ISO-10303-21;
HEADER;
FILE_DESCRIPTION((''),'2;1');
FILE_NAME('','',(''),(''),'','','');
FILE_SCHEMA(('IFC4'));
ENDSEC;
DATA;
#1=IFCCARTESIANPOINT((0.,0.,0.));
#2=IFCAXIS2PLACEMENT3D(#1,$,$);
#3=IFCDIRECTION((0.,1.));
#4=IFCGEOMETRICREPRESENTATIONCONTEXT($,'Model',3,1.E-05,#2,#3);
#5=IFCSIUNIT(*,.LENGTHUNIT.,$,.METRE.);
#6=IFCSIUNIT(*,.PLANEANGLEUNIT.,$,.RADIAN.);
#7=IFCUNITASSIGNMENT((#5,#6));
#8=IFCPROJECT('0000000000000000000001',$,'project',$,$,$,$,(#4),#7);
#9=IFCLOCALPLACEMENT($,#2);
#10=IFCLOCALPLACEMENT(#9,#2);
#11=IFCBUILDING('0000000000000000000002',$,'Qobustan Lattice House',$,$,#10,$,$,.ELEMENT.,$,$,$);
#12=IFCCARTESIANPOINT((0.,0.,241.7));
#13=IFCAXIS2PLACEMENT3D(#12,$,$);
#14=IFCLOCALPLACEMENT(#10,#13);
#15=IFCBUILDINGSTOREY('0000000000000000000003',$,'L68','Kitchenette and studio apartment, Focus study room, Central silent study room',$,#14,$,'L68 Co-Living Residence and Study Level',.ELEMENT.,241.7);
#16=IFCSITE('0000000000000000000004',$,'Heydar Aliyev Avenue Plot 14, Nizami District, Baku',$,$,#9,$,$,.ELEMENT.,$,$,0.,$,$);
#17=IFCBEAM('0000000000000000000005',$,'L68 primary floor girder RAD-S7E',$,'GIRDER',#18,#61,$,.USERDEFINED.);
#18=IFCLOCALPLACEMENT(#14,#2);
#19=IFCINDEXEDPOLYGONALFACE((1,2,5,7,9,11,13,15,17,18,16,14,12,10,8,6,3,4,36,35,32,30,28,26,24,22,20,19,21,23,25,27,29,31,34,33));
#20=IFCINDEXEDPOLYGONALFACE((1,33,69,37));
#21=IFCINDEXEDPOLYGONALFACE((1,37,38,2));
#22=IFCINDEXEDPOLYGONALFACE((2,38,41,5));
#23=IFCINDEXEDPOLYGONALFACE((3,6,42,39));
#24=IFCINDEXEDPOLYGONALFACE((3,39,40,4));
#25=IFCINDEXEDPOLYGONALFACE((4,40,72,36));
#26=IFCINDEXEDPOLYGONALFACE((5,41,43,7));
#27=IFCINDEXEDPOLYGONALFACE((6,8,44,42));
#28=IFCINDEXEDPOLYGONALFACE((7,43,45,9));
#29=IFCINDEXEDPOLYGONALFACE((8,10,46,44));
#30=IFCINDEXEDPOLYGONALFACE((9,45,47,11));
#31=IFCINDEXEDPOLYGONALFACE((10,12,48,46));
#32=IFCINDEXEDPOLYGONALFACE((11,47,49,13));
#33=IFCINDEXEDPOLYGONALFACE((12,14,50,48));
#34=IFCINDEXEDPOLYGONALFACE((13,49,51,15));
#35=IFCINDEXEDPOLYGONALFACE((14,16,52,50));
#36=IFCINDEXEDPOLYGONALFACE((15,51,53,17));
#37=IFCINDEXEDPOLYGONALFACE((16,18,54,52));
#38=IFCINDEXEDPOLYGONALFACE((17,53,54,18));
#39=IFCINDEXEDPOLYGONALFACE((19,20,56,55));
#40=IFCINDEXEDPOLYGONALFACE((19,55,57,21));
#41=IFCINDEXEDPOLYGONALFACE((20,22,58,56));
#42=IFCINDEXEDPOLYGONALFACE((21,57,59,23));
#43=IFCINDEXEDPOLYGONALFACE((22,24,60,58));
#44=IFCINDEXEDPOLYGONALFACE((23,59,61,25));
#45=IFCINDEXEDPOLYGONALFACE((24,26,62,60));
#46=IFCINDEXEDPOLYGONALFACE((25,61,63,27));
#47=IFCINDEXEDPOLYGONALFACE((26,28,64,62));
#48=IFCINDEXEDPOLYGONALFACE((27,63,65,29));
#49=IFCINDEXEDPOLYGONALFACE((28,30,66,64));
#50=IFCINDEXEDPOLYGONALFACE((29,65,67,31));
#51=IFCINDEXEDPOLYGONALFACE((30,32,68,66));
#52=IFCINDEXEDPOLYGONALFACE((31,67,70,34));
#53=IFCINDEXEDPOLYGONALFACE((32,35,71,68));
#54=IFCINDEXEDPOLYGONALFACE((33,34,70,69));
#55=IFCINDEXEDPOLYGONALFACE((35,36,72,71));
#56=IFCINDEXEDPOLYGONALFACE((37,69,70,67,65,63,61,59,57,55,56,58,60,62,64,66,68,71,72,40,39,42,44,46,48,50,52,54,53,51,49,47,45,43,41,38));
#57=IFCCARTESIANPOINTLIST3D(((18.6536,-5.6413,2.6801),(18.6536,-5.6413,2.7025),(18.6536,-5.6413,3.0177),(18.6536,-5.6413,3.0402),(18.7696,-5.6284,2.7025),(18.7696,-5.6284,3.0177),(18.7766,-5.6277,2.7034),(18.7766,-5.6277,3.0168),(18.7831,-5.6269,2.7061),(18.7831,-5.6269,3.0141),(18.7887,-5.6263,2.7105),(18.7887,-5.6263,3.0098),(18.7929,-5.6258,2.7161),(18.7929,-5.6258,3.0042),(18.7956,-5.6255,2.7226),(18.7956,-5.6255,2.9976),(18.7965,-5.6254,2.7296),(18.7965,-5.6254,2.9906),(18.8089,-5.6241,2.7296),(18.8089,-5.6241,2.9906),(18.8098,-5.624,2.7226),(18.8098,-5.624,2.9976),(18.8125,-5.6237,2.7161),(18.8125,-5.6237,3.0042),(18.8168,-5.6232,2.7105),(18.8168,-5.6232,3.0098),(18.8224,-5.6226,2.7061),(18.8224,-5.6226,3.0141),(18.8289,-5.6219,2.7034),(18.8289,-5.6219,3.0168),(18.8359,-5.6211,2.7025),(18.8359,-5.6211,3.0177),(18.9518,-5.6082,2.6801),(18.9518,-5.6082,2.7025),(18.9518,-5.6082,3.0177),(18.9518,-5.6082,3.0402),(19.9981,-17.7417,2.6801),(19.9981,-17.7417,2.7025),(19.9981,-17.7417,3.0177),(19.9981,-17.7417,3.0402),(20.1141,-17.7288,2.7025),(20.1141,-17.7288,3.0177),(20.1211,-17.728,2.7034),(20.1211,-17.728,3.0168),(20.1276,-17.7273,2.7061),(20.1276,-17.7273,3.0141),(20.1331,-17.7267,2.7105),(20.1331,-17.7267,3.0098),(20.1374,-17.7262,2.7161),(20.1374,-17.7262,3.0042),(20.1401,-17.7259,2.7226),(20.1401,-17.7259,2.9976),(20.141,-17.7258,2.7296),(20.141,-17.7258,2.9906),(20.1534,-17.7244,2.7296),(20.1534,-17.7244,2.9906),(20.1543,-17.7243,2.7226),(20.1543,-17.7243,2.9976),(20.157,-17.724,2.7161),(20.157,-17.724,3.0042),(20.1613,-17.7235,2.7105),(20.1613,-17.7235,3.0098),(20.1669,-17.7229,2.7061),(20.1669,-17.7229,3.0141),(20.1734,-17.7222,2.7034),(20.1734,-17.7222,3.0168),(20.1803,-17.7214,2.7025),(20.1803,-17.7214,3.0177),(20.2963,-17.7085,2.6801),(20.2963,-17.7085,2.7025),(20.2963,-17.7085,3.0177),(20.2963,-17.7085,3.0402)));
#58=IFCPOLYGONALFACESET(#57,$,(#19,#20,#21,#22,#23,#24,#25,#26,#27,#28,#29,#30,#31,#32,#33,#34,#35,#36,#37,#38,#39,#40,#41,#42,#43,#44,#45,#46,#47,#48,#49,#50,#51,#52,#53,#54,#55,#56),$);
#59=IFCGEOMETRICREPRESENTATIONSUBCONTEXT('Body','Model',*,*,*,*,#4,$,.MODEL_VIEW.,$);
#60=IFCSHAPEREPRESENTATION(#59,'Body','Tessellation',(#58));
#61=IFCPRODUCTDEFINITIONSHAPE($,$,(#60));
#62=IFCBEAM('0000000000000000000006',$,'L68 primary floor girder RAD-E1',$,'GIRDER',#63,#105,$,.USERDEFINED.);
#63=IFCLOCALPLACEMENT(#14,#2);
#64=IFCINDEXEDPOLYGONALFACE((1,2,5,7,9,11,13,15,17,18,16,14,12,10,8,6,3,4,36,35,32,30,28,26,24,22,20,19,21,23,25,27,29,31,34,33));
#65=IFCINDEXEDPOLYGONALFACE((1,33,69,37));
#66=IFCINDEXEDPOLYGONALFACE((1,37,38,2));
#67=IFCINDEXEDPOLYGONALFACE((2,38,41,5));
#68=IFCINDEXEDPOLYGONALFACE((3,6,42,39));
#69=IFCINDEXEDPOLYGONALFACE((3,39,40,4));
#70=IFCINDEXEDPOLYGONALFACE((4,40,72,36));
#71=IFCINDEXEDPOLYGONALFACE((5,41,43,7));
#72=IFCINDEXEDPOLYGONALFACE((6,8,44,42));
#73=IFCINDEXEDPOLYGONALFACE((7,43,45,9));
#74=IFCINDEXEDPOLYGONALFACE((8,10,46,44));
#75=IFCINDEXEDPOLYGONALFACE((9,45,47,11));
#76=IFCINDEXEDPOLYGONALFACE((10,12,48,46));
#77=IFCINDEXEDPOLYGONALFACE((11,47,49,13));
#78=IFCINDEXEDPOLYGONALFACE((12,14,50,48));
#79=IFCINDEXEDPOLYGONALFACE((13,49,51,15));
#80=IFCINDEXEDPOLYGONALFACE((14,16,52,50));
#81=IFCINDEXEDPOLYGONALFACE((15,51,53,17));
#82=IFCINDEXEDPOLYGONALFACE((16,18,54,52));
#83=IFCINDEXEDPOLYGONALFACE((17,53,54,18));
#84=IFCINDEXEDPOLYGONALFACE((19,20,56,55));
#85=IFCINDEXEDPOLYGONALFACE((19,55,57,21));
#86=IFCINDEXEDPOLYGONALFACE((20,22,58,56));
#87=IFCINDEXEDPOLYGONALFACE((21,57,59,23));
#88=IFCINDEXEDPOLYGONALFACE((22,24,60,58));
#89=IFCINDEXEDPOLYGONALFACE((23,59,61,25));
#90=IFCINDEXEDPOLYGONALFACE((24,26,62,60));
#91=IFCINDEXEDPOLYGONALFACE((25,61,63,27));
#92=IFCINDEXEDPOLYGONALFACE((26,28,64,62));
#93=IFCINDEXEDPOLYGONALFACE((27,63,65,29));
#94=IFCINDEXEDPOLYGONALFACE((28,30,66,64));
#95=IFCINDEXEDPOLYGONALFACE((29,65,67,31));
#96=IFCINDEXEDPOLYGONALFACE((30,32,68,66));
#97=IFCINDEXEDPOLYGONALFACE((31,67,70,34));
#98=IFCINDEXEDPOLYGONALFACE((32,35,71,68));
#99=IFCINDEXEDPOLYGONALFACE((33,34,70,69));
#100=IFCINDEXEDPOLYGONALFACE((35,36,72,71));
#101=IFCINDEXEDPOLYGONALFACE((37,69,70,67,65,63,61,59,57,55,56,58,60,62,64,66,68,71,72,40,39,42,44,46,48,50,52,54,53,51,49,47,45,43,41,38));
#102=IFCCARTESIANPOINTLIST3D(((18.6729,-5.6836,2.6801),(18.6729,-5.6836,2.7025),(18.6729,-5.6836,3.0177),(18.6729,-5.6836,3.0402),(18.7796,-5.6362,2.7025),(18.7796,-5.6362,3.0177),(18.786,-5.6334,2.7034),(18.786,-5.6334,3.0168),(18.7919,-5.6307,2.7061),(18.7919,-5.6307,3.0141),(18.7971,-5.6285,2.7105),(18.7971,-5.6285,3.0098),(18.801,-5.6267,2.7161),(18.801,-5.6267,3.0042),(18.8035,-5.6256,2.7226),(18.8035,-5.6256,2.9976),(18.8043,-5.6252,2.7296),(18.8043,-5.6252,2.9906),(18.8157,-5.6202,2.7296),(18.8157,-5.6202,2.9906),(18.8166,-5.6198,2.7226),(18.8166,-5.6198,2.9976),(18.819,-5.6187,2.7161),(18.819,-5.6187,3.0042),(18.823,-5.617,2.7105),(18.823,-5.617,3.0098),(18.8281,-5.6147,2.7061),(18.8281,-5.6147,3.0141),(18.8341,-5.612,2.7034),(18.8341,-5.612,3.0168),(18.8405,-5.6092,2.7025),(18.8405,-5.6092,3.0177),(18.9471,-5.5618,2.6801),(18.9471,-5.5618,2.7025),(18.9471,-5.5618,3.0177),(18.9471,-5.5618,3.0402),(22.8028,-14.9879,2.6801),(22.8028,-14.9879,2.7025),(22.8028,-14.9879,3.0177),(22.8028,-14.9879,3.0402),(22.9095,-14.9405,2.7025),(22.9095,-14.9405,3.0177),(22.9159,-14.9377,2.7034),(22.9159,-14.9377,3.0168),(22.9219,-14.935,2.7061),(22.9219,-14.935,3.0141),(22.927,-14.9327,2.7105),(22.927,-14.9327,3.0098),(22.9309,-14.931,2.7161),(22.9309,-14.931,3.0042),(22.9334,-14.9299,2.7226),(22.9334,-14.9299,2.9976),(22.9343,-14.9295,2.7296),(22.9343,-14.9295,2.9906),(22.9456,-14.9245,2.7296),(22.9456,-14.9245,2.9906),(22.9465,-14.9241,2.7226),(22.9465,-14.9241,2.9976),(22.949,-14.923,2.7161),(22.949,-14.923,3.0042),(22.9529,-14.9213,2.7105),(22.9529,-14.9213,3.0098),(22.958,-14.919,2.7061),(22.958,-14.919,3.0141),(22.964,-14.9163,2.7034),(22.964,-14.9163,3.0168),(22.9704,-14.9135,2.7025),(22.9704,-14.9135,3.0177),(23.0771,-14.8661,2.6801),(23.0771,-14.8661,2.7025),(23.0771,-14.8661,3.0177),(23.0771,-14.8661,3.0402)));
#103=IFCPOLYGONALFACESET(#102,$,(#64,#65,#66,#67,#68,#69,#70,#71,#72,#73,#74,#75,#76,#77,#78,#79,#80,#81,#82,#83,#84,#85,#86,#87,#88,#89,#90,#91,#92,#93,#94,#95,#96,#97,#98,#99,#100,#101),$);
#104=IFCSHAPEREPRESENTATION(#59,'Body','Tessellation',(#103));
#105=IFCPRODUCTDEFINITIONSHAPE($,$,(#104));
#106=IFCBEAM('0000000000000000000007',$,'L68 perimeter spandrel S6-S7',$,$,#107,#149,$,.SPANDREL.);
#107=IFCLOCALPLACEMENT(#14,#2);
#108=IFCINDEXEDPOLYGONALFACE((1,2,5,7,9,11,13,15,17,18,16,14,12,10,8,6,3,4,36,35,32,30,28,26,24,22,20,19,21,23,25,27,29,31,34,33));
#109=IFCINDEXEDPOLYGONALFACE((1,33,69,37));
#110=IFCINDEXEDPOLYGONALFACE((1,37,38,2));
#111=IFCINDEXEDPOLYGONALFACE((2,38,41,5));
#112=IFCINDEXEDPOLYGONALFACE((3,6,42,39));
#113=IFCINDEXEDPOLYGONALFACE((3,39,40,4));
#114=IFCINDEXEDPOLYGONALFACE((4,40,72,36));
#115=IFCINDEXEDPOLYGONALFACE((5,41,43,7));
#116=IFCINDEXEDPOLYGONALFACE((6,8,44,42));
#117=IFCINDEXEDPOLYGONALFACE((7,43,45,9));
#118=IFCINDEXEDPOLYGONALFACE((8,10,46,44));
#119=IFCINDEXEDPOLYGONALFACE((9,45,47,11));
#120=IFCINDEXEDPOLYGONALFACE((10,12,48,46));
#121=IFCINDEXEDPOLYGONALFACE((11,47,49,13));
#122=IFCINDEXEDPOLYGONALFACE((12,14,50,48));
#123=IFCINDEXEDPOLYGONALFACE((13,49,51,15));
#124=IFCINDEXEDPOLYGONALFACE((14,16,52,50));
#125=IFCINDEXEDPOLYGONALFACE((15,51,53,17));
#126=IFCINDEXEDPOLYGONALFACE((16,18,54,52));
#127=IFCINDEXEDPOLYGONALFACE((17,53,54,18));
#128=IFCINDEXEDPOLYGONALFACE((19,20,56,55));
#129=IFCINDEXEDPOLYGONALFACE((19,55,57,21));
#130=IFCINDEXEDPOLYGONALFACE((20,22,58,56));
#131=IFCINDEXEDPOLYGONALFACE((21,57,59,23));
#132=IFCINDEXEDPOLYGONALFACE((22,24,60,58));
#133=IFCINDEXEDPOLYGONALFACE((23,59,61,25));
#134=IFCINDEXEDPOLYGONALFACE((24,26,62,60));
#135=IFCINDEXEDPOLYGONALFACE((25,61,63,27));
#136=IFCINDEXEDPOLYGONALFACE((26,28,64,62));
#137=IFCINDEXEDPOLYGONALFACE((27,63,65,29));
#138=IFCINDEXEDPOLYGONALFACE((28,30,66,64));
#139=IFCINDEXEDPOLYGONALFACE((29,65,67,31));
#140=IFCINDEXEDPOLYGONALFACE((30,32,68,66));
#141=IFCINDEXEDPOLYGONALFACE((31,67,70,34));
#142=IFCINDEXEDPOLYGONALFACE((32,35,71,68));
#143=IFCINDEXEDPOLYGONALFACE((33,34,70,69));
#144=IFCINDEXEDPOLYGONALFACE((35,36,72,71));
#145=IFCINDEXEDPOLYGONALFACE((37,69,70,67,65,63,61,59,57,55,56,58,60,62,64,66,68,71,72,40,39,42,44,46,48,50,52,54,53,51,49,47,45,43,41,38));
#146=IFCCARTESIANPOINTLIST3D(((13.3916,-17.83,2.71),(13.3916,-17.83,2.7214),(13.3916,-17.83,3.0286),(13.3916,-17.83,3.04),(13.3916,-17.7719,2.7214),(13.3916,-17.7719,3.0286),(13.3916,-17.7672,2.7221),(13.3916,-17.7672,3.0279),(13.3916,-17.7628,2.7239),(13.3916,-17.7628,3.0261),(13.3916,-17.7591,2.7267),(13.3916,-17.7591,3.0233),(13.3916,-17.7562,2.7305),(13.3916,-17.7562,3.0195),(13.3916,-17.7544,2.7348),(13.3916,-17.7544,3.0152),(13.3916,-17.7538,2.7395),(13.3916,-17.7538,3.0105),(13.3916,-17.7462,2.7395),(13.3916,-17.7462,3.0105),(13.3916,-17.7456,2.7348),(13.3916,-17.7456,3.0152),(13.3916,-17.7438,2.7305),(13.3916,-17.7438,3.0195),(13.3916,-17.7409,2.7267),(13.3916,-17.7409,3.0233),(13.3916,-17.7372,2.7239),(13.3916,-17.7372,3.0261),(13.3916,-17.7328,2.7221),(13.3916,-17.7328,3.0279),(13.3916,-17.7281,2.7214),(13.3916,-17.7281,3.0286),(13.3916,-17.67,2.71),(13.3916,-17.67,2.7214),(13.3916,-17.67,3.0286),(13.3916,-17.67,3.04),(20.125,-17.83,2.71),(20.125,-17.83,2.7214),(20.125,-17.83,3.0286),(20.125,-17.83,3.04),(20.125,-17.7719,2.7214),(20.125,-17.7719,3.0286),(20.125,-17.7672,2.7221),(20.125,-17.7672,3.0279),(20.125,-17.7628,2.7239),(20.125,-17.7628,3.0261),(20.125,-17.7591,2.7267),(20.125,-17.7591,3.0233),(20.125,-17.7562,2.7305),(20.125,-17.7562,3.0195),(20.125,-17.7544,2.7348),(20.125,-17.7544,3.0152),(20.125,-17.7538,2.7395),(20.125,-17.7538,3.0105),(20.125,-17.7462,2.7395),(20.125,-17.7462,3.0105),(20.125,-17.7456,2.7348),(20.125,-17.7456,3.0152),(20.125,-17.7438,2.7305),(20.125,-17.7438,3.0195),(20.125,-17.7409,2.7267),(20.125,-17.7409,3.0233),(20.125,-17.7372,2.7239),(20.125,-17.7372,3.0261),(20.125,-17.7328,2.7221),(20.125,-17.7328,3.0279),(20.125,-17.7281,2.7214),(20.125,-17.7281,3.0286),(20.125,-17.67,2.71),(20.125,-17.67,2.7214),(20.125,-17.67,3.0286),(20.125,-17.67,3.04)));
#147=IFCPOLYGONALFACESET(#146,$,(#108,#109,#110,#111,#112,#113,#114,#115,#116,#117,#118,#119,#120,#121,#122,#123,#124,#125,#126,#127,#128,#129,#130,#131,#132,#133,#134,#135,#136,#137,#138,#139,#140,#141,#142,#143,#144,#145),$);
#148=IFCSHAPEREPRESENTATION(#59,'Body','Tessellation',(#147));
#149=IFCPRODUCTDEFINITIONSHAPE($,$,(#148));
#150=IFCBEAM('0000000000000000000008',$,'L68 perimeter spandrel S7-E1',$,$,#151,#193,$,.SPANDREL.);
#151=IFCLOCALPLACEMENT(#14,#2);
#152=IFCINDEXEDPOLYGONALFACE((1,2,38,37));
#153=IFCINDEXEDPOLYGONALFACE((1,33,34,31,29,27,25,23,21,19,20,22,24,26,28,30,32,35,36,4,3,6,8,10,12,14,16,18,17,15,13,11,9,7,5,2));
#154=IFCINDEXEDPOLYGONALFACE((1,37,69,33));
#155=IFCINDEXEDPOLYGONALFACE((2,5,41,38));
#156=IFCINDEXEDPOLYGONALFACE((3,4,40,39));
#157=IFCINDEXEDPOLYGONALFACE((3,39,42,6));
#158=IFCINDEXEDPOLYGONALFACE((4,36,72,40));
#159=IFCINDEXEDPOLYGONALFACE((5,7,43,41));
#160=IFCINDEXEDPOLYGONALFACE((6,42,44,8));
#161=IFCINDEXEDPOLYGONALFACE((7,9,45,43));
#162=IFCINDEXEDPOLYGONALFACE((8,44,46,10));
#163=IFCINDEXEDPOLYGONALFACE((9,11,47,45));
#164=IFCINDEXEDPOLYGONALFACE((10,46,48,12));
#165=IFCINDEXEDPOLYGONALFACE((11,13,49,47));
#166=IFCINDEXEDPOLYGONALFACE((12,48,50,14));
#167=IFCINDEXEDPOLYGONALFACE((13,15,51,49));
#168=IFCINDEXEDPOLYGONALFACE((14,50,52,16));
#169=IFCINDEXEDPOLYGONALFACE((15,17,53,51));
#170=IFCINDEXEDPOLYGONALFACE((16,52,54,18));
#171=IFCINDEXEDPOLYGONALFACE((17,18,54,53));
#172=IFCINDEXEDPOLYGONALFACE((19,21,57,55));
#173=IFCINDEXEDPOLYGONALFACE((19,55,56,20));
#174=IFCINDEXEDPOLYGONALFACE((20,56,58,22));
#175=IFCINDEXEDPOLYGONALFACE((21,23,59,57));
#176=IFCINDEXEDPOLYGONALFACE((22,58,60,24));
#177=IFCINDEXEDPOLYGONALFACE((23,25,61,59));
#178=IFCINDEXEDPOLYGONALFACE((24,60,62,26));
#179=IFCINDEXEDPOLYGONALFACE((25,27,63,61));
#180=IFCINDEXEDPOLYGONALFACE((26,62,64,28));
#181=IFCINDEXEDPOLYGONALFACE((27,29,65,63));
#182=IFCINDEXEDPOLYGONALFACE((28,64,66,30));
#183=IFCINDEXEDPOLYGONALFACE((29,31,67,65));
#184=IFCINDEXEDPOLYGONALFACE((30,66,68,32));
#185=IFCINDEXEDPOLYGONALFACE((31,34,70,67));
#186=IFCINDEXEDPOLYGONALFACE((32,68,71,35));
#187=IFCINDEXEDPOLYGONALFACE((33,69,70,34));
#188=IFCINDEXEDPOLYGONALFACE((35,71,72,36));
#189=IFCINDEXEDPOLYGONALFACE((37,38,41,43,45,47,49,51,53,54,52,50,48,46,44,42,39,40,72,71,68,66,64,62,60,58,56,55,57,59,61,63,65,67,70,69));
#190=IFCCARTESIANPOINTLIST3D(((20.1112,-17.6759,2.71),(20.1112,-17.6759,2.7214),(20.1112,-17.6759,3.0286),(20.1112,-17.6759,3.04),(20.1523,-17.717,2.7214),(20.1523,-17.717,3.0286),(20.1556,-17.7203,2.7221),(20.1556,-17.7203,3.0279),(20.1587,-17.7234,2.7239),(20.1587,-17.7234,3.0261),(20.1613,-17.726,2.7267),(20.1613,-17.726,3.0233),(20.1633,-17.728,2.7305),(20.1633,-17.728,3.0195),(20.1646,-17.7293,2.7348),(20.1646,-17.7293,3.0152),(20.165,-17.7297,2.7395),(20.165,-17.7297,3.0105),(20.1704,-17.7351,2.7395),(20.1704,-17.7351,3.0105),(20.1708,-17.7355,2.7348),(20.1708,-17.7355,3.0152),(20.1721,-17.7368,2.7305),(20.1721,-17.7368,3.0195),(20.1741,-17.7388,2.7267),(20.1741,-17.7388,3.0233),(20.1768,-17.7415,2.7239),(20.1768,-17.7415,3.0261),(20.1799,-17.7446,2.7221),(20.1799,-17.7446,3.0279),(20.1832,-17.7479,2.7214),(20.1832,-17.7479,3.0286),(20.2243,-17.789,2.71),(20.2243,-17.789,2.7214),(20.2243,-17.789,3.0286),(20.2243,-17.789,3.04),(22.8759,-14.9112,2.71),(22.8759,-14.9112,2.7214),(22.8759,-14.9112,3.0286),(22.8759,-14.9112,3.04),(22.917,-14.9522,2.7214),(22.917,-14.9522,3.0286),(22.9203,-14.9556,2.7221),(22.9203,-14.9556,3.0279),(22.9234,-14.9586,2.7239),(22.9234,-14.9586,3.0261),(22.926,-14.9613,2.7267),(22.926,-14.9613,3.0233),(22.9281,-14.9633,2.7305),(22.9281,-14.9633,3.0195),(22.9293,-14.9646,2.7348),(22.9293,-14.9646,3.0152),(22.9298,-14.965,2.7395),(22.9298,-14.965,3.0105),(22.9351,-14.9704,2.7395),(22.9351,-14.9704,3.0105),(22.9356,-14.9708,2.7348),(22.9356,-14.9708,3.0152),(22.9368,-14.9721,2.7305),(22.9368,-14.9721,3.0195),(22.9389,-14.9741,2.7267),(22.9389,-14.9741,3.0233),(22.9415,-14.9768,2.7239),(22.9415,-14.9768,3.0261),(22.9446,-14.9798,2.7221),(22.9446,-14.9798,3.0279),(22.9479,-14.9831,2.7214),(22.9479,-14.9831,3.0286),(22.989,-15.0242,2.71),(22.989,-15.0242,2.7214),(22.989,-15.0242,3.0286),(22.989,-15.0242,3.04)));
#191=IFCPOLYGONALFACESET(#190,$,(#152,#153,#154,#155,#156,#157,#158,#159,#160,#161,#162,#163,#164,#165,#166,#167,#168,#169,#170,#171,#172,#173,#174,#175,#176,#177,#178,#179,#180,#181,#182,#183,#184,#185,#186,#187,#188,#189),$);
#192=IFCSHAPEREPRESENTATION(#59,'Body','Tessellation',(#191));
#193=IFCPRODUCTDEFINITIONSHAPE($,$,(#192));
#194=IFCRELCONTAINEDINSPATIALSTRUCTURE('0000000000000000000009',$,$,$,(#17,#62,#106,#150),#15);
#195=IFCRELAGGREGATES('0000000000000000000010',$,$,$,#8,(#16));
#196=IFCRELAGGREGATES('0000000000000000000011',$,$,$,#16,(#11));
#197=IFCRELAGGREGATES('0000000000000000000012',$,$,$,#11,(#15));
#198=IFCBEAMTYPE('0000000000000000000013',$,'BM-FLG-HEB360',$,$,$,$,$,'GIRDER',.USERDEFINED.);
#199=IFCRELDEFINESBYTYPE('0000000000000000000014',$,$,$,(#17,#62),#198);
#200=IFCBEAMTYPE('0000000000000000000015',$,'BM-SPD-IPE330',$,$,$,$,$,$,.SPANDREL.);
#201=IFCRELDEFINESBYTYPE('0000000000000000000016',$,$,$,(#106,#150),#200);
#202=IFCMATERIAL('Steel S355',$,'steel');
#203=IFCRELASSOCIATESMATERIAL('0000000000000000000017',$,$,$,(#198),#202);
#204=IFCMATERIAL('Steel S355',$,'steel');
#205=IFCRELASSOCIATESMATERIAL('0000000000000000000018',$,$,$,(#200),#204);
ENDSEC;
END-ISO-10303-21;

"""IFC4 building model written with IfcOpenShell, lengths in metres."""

from ifc_helpers import new_model, si_unit, direction, frame, origin, origin_2d, place, context, subcontext, project, spatial, i_section, extrude, material, material_profile, profile_set, type_object, element, save


model = new_model("IFC4")

# Units and contexts
model_context = context("Model", 3, precision=1e-05, world=origin(), true_north=direction((0.0, 1.0)))
body_context = subcontext(model_context, "Body", "Model", "MODEL_VIEW")
ifc_project = project(units=[si_unit("LENGTHUNIT", "METRE"), si_unit("PLANEANGLEUNIT", "RADIAN")], contexts=[model_context])

# Site, building, storey
site_placement = place(None, origin())
site = spatial("IfcSite", under=ifc_project, at=site_placement, Name="Heydar Aliyev Avenue Plot 14, Nizami District, Baku", CompositionType="ELEMENT", RefElevation=0.0)
building_placement = place(site_placement, origin())
building = spatial("IfcBuilding", under=site, at=building_placement, Name="Qobustan Lattice House", CompositionType="ELEMENT")
storey_placement = place(building_placement, frame((0.0, 0.0, 241.7)))
storey = spatial("IfcBuildingStorey", under=building, at=storey_placement, Name="L68", Description="Kitchenette and studio apartment, Focus study room, Central silent study room", LongName="L68 Co-Living Residence and Study Level", CompositionType="ELEMENT", Elevation=241.7)

# Beams
ifc_material_1 = material(Name="Steel S355", Category="steel")
ifc_material_profile_1 = material_profile(ifc_material_1, i_section(OverallWidth=0.3, OverallDepth=0.3601, WebThickness=0.0125, FlangeThickness=0.0225, FilletRadius=0.0271, at=origin_2d()), Name="HEB360")
ifc_profile_set_1 = profile_set([ifc_material_profile_1], Name="Steel S355")
beam_type_1 = type_object("IfcBeamType", Name="BM-FLG-HEB360", ElementType="GIRDER", PredefinedType="USERDEFINED", material=ifc_profile_set_1)
beam_1_placement = place(storey_placement, frame((20.1472, -17.7251, 2.8601), z_axis=(-0.110432, 0.993884, 0.0), x_axis=(-0.993884, -0.110432, 0.0)))
element("IfcBeam", 1, at=beam_1_placement, inside=storey, type_object=beam_type_1, Name="L68 primary floor girder RAD-S7E", ObjectType="GIRDER", PredefinedType="USERDEFINED", context=body_context, shape_type="SweptSolid", body=[
    extrude(i_section(OverallWidth=0.3, OverallDepth=0.3601, WebThickness=0.0125, FlangeThickness=0.0225, FilletRadius=0.0271, at=origin_2d()), origin(), (0.0, 0.0, 1.0), 12.1748),
])
beam_2_placement = place(storey_placement, frame((22.9399, -14.927, 2.8601), z_axis=(-0.405702, 0.914005, 0.0), x_axis=(-0.914005, -0.405702, 0.0)))
element("IfcBeam", 2, at=beam_2_placement, inside=storey, type_object=beam_type_1, Name="L68 primary floor girder RAD-E1", ObjectType="GIRDER", PredefinedType="USERDEFINED", context=body_context, shape_type="SweptSolid", body=[
    extrude(i_section(OverallWidth=0.3, OverallDepth=0.3601, WebThickness=0.0125, FlangeThickness=0.0225, FilletRadius=0.0271, at=origin_2d()), origin(), (0.0, 0.0, 1.0), 10.1797),
])
ifc_material_2 = material(Name="Steel S355", Category="steel")
ifc_material_profile_2 = material_profile(ifc_material_2, i_section(OverallWidth=0.1599, OverallDepth=0.3301, WebThickness=0.0076, FlangeThickness=0.0115, FilletRadius=0.0181, at=origin_2d()), Name="IPE330")
ifc_profile_set_2 = profile_set([ifc_material_profile_2], Name="Steel S355")
beam_type_2 = type_object("IfcBeamType", Name="BM-SPD-IPE330", PredefinedType="SPANDREL", material=ifc_profile_set_2)
beam_3_placement = place(storey_placement, frame((13.3916, -17.75, 2.875), z_axis=(1.0, 0.0, 0.0), x_axis=(0.0, 1.0, 0.0)))
element("IfcBeam", 3, at=beam_3_placement, inside=storey, type_object=beam_type_2, Name="L68 perimeter spandrel S6-S7", PredefinedType="SPANDREL", context=body_context, shape_type="SweptSolid", body=[
    extrude(i_section(OverallWidth=0.1599, OverallDepth=0.3301, WebThickness=0.0076, FlangeThickness=0.0115, FilletRadius=0.0181, at=origin_2d()), origin(), (0.0, 0.0, 1.0), 6.7334),
])
beam_4_placement = place(storey_placement, frame((20.1677, -17.7324, 2.875), z_axis=(0.707107, 0.707107, 0.0), x_axis=(-0.707107, 0.707107, 0.0)))
element("IfcBeam", 4, at=beam_4_placement, inside=storey, type_object=beam_type_2, Name="L68 perimeter spandrel S7-E1", PredefinedType="SPANDREL", context=body_context, shape_type="SweptSolid", body=[
    extrude(i_section(OverallWidth=0.1599, OverallDepth=0.3301, WebThickness=0.0076, FlangeThickness=0.0115, FilletRadius=0.0181, at=origin_2d()), origin(), (0.0, 0.0, 1.0), 3.9099),
])

save(model, "model.ifc")
